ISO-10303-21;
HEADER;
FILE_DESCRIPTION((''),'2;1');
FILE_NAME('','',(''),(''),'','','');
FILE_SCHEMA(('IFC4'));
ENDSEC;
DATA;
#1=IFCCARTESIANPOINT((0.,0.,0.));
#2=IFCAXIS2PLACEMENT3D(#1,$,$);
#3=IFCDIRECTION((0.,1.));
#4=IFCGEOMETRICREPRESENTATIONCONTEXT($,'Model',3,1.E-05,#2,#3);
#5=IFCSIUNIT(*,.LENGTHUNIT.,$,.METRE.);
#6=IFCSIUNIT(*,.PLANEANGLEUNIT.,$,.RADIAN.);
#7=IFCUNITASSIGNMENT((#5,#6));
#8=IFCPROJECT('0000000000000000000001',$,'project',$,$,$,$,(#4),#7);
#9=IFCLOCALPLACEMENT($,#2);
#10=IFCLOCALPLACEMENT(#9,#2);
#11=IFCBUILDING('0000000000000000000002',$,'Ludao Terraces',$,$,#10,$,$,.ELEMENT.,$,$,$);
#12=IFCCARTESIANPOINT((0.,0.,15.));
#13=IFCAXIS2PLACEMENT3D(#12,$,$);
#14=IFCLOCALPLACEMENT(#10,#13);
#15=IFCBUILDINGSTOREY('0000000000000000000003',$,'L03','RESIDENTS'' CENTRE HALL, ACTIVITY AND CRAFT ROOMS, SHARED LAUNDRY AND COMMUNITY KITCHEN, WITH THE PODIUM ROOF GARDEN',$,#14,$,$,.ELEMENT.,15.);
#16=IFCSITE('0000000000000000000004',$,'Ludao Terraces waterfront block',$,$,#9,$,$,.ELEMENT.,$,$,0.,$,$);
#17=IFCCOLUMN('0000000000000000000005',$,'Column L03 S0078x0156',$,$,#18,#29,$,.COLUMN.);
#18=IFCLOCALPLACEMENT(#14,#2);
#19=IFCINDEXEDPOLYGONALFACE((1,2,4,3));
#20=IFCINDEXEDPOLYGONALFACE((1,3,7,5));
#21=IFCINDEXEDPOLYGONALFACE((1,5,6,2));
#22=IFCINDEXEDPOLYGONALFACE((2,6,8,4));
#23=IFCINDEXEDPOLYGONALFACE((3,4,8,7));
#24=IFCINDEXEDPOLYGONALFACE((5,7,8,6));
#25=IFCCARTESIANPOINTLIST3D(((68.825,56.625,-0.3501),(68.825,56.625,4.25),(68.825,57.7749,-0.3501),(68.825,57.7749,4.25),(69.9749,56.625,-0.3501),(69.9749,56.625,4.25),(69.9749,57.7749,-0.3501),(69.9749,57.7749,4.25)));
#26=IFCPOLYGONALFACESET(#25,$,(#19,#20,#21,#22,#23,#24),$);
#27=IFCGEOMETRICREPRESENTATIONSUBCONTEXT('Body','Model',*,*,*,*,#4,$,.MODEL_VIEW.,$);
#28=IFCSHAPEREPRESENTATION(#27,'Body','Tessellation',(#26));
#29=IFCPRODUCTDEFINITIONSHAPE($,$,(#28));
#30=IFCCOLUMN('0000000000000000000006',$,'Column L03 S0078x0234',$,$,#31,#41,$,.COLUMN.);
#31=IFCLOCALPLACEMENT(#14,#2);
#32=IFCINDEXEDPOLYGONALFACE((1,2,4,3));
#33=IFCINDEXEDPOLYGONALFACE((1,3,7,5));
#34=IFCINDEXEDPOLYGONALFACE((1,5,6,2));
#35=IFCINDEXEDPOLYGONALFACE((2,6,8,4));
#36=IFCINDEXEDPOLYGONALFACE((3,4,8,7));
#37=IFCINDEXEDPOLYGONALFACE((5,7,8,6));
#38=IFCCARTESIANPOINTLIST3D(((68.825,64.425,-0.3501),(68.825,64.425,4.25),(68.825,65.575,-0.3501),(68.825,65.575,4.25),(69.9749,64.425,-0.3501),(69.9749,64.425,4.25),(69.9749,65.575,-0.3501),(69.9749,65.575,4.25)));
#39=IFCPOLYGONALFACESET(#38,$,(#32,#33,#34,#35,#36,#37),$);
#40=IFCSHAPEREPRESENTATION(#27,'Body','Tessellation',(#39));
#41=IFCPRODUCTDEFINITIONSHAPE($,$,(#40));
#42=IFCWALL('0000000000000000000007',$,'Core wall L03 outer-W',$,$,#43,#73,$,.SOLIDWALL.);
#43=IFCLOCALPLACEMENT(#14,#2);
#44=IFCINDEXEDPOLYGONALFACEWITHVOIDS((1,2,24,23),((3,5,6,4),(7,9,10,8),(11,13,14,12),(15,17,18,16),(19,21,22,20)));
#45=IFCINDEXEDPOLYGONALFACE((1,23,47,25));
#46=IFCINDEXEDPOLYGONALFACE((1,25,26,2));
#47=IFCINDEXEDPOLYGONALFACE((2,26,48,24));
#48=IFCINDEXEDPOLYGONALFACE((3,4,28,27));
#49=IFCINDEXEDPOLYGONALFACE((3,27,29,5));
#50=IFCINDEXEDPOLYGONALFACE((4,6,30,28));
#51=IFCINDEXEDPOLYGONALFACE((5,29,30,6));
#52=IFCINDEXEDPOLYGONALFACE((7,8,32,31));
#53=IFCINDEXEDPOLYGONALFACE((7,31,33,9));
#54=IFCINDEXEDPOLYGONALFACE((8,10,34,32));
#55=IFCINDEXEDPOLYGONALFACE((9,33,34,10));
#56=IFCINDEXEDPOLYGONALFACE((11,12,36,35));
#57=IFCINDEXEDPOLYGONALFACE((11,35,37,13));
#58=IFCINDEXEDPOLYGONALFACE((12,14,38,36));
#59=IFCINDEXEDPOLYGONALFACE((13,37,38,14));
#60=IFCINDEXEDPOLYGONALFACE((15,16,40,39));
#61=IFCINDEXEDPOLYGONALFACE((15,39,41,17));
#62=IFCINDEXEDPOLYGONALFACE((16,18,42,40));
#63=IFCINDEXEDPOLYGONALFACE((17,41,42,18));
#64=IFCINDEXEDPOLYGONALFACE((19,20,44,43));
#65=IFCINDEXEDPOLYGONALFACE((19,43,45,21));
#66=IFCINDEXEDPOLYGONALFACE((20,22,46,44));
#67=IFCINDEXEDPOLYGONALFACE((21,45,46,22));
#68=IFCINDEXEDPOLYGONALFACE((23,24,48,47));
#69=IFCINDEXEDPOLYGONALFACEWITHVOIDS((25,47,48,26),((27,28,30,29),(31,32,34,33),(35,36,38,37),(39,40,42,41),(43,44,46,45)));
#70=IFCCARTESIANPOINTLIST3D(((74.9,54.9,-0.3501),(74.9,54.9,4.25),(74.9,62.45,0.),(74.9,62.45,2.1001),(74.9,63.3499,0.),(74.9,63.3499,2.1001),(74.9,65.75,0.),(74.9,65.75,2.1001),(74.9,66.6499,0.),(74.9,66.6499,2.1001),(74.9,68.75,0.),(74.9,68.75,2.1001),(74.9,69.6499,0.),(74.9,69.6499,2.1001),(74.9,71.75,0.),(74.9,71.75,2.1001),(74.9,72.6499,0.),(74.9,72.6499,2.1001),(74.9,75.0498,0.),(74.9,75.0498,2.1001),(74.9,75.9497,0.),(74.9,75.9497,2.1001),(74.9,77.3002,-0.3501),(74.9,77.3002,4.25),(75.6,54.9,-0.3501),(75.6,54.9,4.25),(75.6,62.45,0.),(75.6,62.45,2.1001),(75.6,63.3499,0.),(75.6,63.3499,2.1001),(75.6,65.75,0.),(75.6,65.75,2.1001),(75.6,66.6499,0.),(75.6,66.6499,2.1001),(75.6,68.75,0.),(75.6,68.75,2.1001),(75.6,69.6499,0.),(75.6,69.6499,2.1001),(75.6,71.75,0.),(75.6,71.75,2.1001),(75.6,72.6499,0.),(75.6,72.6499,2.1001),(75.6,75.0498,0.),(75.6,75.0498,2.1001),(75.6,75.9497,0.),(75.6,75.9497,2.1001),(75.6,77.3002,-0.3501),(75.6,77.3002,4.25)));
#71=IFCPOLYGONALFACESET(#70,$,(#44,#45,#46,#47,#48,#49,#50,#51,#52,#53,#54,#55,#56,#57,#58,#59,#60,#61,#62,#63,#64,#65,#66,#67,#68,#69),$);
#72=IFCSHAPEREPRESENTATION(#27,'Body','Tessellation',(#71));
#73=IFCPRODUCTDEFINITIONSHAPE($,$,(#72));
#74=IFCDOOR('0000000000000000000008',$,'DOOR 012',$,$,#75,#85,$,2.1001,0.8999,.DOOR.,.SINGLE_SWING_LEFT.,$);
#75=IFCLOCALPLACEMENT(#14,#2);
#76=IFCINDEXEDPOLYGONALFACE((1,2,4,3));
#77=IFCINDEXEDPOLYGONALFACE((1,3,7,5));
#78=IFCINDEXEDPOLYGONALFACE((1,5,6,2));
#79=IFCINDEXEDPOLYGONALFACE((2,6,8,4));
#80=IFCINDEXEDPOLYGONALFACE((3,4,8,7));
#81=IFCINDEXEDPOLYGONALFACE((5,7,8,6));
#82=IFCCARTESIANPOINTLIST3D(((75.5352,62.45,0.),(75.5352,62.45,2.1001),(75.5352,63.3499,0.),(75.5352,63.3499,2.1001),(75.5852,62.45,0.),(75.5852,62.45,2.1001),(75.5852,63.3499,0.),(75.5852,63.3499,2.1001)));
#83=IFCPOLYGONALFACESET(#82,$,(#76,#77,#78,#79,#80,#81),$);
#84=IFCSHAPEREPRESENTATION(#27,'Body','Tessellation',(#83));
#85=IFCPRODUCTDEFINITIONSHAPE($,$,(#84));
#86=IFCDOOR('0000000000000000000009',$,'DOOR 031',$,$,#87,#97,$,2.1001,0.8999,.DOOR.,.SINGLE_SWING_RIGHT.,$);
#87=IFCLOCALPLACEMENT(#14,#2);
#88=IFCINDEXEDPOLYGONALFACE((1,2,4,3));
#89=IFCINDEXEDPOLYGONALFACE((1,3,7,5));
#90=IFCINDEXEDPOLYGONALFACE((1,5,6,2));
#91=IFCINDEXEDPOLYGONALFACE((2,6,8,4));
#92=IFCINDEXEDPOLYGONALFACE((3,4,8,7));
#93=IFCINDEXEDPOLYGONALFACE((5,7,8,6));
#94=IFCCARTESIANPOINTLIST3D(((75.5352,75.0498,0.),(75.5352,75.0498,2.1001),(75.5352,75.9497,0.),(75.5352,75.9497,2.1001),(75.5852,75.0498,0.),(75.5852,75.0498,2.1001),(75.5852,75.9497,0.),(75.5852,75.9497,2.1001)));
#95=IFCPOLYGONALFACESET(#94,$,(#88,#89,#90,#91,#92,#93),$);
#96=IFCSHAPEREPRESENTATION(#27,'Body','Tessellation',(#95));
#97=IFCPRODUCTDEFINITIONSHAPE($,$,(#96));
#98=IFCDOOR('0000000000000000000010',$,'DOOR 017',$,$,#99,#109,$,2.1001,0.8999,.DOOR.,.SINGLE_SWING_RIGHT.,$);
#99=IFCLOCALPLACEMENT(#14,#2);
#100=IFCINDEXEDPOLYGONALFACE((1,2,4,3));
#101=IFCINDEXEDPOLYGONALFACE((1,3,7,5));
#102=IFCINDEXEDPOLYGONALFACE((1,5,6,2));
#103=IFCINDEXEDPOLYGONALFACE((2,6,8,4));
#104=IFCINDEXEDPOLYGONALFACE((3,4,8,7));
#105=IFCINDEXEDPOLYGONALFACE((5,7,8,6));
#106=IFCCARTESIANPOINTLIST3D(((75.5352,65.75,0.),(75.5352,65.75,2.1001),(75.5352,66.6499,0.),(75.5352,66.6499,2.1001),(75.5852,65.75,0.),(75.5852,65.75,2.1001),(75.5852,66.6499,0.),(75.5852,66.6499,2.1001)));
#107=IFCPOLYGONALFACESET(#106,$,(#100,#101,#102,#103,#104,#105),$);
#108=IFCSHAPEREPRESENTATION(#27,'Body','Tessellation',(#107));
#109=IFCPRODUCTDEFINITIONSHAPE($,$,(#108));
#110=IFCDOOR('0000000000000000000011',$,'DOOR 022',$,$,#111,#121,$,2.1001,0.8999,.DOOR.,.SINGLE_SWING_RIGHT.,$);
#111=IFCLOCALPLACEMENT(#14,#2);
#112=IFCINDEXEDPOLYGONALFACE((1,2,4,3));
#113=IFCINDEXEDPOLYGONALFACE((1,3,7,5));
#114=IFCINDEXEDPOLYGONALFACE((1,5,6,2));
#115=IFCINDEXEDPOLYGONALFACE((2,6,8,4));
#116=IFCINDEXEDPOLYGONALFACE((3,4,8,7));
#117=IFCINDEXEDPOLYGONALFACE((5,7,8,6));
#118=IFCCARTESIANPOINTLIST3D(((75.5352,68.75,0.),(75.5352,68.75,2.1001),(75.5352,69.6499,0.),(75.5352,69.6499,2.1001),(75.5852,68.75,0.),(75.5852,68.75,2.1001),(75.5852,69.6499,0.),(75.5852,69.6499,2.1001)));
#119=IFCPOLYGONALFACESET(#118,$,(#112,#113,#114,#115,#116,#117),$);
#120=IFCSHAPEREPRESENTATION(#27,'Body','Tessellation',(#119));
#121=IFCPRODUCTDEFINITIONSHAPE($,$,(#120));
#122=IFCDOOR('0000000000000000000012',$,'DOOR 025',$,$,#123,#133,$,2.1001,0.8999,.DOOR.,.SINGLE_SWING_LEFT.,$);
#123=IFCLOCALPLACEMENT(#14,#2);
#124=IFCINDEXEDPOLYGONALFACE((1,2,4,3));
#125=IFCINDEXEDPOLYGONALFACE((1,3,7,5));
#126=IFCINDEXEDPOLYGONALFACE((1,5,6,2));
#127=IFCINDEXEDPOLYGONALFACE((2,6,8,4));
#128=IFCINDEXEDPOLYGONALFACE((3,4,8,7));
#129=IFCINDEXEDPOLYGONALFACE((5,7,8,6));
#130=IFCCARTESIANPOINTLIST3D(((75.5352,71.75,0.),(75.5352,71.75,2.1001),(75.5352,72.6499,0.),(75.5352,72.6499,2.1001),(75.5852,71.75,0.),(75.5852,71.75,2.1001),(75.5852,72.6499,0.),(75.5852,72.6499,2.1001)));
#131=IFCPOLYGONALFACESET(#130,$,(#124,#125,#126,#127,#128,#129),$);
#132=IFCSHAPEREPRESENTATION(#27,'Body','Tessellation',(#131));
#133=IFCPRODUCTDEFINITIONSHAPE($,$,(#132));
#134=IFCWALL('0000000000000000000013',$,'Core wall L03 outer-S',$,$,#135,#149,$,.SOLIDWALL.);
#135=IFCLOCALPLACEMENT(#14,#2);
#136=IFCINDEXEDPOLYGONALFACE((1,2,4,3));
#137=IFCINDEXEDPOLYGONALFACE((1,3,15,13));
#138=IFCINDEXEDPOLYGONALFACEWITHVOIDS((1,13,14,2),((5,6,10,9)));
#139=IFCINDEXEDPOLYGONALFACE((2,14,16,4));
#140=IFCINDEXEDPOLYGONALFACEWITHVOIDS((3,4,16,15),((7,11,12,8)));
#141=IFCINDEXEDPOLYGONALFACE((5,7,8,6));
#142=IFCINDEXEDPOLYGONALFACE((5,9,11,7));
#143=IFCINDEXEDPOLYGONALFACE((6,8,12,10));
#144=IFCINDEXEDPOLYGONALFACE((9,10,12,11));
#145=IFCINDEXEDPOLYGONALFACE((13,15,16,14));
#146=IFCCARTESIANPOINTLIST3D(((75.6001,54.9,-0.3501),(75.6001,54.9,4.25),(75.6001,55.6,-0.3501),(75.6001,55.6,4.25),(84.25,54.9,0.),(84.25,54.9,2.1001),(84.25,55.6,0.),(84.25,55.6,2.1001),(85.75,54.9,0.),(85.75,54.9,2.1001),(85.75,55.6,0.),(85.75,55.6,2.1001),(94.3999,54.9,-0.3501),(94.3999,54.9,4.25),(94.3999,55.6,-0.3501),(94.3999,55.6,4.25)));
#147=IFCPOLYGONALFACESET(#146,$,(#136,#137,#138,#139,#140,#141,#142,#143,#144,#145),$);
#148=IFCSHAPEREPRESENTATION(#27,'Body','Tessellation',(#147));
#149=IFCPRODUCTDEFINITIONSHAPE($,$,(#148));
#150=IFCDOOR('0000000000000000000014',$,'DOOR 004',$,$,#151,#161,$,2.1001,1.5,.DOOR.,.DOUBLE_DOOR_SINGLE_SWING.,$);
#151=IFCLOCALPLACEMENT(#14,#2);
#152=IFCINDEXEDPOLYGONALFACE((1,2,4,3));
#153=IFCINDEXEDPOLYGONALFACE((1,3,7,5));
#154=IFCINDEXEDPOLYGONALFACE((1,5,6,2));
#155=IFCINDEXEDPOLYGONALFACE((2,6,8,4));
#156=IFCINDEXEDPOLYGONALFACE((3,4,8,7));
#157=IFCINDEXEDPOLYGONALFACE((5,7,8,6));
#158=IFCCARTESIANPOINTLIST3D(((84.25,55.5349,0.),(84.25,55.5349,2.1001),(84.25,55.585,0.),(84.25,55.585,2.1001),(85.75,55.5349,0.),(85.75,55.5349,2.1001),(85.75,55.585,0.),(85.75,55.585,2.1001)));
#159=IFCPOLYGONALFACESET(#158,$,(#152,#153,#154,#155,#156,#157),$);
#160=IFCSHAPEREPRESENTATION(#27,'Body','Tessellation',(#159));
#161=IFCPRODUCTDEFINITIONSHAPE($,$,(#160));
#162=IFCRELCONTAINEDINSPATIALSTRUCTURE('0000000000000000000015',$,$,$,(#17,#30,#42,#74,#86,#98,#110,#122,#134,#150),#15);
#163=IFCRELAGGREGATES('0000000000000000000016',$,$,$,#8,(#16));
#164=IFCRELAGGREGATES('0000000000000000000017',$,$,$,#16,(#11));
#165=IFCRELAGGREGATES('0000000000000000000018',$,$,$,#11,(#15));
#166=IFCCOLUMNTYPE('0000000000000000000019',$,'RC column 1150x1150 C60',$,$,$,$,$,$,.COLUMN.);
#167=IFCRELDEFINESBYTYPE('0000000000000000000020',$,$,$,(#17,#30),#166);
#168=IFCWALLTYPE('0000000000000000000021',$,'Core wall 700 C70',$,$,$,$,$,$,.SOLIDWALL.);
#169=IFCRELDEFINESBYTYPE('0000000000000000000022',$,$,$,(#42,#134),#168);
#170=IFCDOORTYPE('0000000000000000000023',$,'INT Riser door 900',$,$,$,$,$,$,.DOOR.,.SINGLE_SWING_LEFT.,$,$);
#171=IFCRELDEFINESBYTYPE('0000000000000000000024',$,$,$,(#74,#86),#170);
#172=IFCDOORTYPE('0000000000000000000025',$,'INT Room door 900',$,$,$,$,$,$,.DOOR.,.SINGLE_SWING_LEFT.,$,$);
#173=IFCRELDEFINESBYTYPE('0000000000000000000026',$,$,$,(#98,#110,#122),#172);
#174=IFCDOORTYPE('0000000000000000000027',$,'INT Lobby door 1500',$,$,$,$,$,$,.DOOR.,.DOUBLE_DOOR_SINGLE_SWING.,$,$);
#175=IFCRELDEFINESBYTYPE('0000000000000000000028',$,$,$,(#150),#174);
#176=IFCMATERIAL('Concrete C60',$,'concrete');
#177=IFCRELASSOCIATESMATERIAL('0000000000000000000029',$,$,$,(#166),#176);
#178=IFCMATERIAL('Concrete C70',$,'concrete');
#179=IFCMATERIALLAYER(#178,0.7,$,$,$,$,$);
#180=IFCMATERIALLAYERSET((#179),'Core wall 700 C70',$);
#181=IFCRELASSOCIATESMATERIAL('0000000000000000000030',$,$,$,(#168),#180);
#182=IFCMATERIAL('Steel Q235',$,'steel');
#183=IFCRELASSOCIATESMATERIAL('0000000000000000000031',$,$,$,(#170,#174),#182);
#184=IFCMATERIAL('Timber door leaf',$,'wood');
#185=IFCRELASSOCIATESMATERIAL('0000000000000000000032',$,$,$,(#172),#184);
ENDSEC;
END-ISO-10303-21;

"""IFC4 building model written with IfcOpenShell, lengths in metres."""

from ifc_helpers import new_model, si_unit, direction, frame, frame_2d, origin, origin_2d, place, context, subcontext, project, spatial, rectangle, extrude, material, layer, layer_set, material_profile, profile_set, type_object, element, fill, save


model = new_model("IFC4")

# Units and contexts
model_context = context("Model", 3, precision=1e-05, world=origin(), true_north=direction((0.0, 1.0)))
body_context = subcontext(model_context, "Body", "Model", "MODEL_VIEW")
ifc_project = project(units=[si_unit("LENGTHUNIT", "METRE"), si_unit("PLANEANGLEUNIT", "RADIAN")], contexts=[model_context])

# Site, building, storey
site_placement = place(None, origin())
site = spatial("IfcSite", under=ifc_project, at=site_placement, Name="Ludao Terraces waterfront block", CompositionType="ELEMENT", RefElevation=0.0)
building_placement = place(site_placement, origin())
building = spatial("IfcBuilding", under=site, at=building_placement, Name="Ludao Terraces", CompositionType="ELEMENT")
storey_placement = place(building_placement, frame((0.0, 0.0, 15.0)))
storey = spatial("IfcBuildingStorey", under=building, at=storey_placement, Name="L03", Description="RESIDENTS' CENTRE HALL, ACTIVITY AND CRAFT ROOMS, SHARED LAUNDRY AND COMMUNITY KITCHEN, WITH THE PODIUM ROOF GARDEN", CompositionType="ELEMENT", Elevation=15.0)

# Columns
ifc_material_1 = material(Name="Concrete C60", Category="concrete")
ifc_material_profile = material_profile(ifc_material_1, rectangle(XDim=1.1499, YDim=1.1499, at=origin_2d()), Name="1150 X 1150")
ifc_profile_set = profile_set([ifc_material_profile], Name="Concrete C60")
column_type = type_object("IfcColumnType", Name="RC column 1150x1150 C60", PredefinedType="COLUMN", material=ifc_profile_set)
for number, where, z_axis, x_axis, name in (
    (1, (69.3999, 57.2, -0.3501), (0.0, 0.0, 1.0), (1.0, 0.0, 0.0), "Column L03 S0078x0156"),
    (2, (69.3999, 65.0, -0.3501), (0.0, 0.0, 1.0), (1.0, 0.0, 0.0), "Column L03 S0078x0234"),
):
    element("IfcColumn", number, at=place(storey_placement, frame(where, z_axis=z_axis, x_axis=x_axis)), inside=storey, type_object=column_type, Name=name, PredefinedType="COLUMN", context=body_context, shape_type="SweptSolid", body=[
        extrude(rectangle(XDim=1.1499, YDim=1.1499, at=origin_2d()), origin(), (0.0, 0.0, 1.0), 4.6001),
    ])

# Wall, openings, doors
ifc_material_2 = material(Name="Concrete C70", Category="concrete")
ifc_layer_1 = layer(ifc_material_2, 0.7)
ifc_layer_set_1 = layer_set([ifc_layer_1], Name="Core wall 700 C70")
wall_type_1 = type_object("IfcWallType", Name="Core wall 700 C70", PredefinedType="SOLIDWALL", material=ifc_layer_set_1)
wall_1_placement = place(storey_placement, frame((75.25, 54.8999, -0.3501), z_axis=(0.0, 0.0, 1.0), x_axis=(0.0, 1.0, 0.0)))
wall_1 = element("IfcWall", 3, at=wall_1_placement, inside=storey, type_object=wall_type_1, Name="Core wall L03 outer-W", PredefinedType="SOLIDWALL", context=body_context, shape_type="SweptSolid", body=[
    extrude(rectangle(XDim=22.4001, YDim=0.7, at=frame_2d((11.2002, 0.0))), origin(), (0.0, 0.0, 1.0), 4.6001),
])
opening_1_placement = place(wall_1_placement, frame((7.55, 0.0, 0.3501)))
opening_1 = element("IfcOpeningElement", 4, at=opening_1_placement, cuts=wall_1, PredefinedType="OPENING", context=body_context, shape_type="SweptSolid", body=[
    extrude(rectangle(XDim=0.8999, YDim=2.1001, at=frame_2d((0.45, 1.05))), frame((0.0, 0.3599, 0.0), z_axis=(0.0, -1.0, 0.0), x_axis=(1.0, 0.0, 0.0)), (0.0, 0.0, 1.0), 0.72),
])
opening_2_placement = place(wall_1_placement, frame((10.8501, 0.0, 0.3501)))
opening_2 = element("IfcOpeningElement", 5, at=opening_2_placement, cuts=wall_1, PredefinedType="OPENING", context=body_context, shape_type="SweptSolid", body=[
    extrude(rectangle(XDim=0.8999, YDim=2.1001, at=frame_2d((0.45, 1.05))), frame((0.0, 0.3599, 0.0), z_axis=(0.0, -1.0, 0.0), x_axis=(1.0, 0.0, 0.0)), (0.0, 0.0, 1.0), 0.72),
])
opening_3_placement = place(wall_1_placement, frame((13.8501, 0.0, 0.3501)))
opening_3 = element("IfcOpeningElement", 6, at=opening_3_placement, cuts=wall_1, PredefinedType="OPENING", context=body_context, shape_type="SweptSolid", body=[
    extrude(rectangle(XDim=0.8999, YDim=2.1001, at=frame_2d((0.45, 1.05))), frame((0.0, 0.3599, 0.0), z_axis=(0.0, -1.0, 0.0), x_axis=(1.0, 0.0, 0.0)), (0.0, 0.0, 1.0), 0.72),
])
opening_4_placement = place(wall_1_placement, frame((16.8501, 0.0, 0.3501)))
opening_4 = element("IfcOpeningElement", 7, at=opening_4_placement, cuts=wall_1, PredefinedType="OPENING", context=body_context, shape_type="SweptSolid", body=[
    extrude(rectangle(XDim=0.8999, YDim=2.1001, at=frame_2d((0.45, 1.05))), frame((0.0, 0.3599, 0.0), z_axis=(0.0, -1.0, 0.0), x_axis=(1.0, 0.0, 0.0)), (0.0, 0.0, 1.0), 0.72),
])
opening_5_placement = place(wall_1_placement, frame((20.1499, 0.0, 0.3501)))
opening_5 = element("IfcOpeningElement", 8, at=opening_5_placement, cuts=wall_1, PredefinedType="OPENING", context=body_context, shape_type="SweptSolid", body=[
    extrude(rectangle(XDim=0.8999, YDim=2.1001, at=frame_2d((0.45, 1.05))), frame((0.0, 0.3599, 0.0), z_axis=(0.0, -1.0, 0.0), x_axis=(1.0, 0.0, 0.0)), (0.0, 0.0, 1.0), 0.72),
])
ifc_material_3 = material(Name="Steel Q235", Category="steel")
door_type_1 = type_object("IfcDoorType", Name="INT Riser door 900", OperationType="SINGLE_SWING_LEFT", PredefinedType="DOOR", material=ifc_material_3)
door_1_placement = place(opening_1_placement, origin())
door_1 = element("IfcDoor", 9, at=door_1_placement, inside=storey, type_object=door_type_1, Name="DOOR 012", OperationType="SINGLE_SWING_LEFT", OverallHeight=2.1001, OverallWidth=0.8999, PredefinedType="DOOR", context=body_context, shape_type="SweptSolid", body=[
    extrude(rectangle(XDim=0.8999, YDim=2.1001, at=frame_2d((0.45, 1.05))), frame((0.0, -0.2852, 0.0), z_axis=(0.0, -1.0, 0.0), x_axis=(1.0, 0.0, 0.0)), (0.0, 0.0, 1.0), 0.05),
])
fill(opening_1, door_1)
door_2_placement = place(opening_5_placement, origin())
door_2 = element("IfcDoor", 10, at=door_2_placement, inside=storey, type_object=door_type_1, Name="DOOR 031", OperationType="SINGLE_SWING_RIGHT", OverallHeight=2.1001, OverallWidth=0.8999, PredefinedType="DOOR", context=body_context, shape_type="SweptSolid", body=[
    extrude(rectangle(XDim=0.8999, YDim=2.1001, at=frame_2d((0.45, 1.05))), frame((0.0, -0.2852, 0.0), z_axis=(0.0, -1.0, 0.0), x_axis=(1.0, 0.0, 0.0)), (0.0, 0.0, 1.0), 0.05),
])
fill(opening_5, door_2)
ifc_material_4 = material(Name="Timber door leaf", Category="wood")
door_type_2 = type_object("IfcDoorType", Name="INT Room door 900", OperationType="SINGLE_SWING_LEFT", PredefinedType="DOOR", material=ifc_material_4)
door_3_placement = place(opening_2_placement, origin())
door_3 = element("IfcDoor", 11, at=door_3_placement, inside=storey, type_object=door_type_2, Name="DOOR 017", OperationType="SINGLE_SWING_RIGHT", OverallHeight=2.1001, OverallWidth=0.8999, PredefinedType="DOOR", context=body_context, shape_type="SweptSolid", body=[
    extrude(rectangle(XDim=0.8999, YDim=2.1001, at=frame_2d((0.45, 1.05))), frame((0.0, -0.2852, 0.0), z_axis=(0.0, -1.0, 0.0), x_axis=(1.0, 0.0, 0.0)), (0.0, 0.0, 1.0), 0.05),
])
fill(opening_2, door_3)
door_4_placement = place(opening_3_placement, origin())
door_4 = element("IfcDoor", 12, at=door_4_placement, inside=storey, type_object=door_type_2, Name="DOOR 022", OperationType="SINGLE_SWING_RIGHT", OverallHeight=2.1001, OverallWidth=0.8999, PredefinedType="DOOR", context=body_context, shape_type="SweptSolid", body=[
    extrude(rectangle(XDim=0.8999, YDim=2.1001, at=frame_2d((0.45, 1.05))), frame((0.0, -0.2852, 0.0), z_axis=(0.0, -1.0, 0.0), x_axis=(1.0, 0.0, 0.0)), (0.0, 0.0, 1.0), 0.05),
])
fill(opening_3, door_4)
door_5_placement = place(opening_4_placement, origin())
door_5 = element("IfcDoor", 13, at=door_5_placement, inside=storey, type_object=door_type_2, Name="DOOR 025", OperationType="SINGLE_SWING_LEFT", OverallHeight=2.1001, OverallWidth=0.8999, PredefinedType="DOOR", context=body_context, shape_type="SweptSolid", body=[
    extrude(rectangle(XDim=0.8999, YDim=2.1001, at=frame_2d((0.45, 1.05))), frame((0.0, -0.2852, 0.0), z_axis=(0.0, -1.0, 0.0), x_axis=(1.0, 0.0, 0.0)), (0.0, 0.0, 1.0), 0.05),
])
fill(opening_4, door_5)

# Wall, opening, door
wall_2_placement = place(storey_placement, frame((75.6001, 55.25, -0.3501), z_axis=(0.0, 0.0, 1.0), x_axis=(1.0, 0.0, 0.0)))
wall_2 = element("IfcWall", 14, at=wall_2_placement, inside=storey, type_object=wall_type_1, Name="Core wall L03 outer-S", PredefinedType="SOLIDWALL", context=body_context, shape_type="SweptSolid", body=[
    extrude(rectangle(XDim=18.7998, YDim=0.7, at=frame_2d((9.3999, 0.0))), origin(), (0.0, 0.0, 1.0), 4.6001),
])
opening_6_placement = place(wall_2_placement, frame((8.6499, 0.0, 0.3501)))
opening_6 = element("IfcOpeningElement", 15, at=opening_6_placement, cuts=wall_2, PredefinedType="OPENING", context=body_context, shape_type="SweptSolid", body=[
    extrude(rectangle(XDim=1.5, YDim=2.1001, at=frame_2d((0.75, 1.05))), frame((0.0, 0.3599, 0.0), z_axis=(0.0, -1.0, 0.0), x_axis=(1.0, 0.0, 0.0)), (0.0, 0.0, 1.0), 0.72),
])
door_type_3 = type_object("IfcDoorType", Name="INT Lobby door 1500", OperationType="DOUBLE_DOOR_SINGLE_SWING", PredefinedType="DOOR", material=ifc_material_3)
door_6_placement = place(opening_6_placement, origin())
door_6 = element("IfcDoor", 16, at=door_6_placement, inside=storey, type_object=door_type_3, Name="DOOR 004", OperationType="DOUBLE_DOOR_SINGLE_SWING", OverallHeight=2.1001, OverallWidth=1.5, PredefinedType="DOOR", context=body_context, shape_type="SweptSolid", body=[
    extrude(rectangle(XDim=1.5, YDim=2.1001, at=frame_2d((0.75, 1.05))), frame((0.0, 0.335, 0.0), z_axis=(0.0, -1.0, 0.0), x_axis=(1.0, 0.0, 0.0)), (0.0, 0.0, 1.0), 0.05),
])
fill(opening_6, door_6)

save(model, "model.ifc")
